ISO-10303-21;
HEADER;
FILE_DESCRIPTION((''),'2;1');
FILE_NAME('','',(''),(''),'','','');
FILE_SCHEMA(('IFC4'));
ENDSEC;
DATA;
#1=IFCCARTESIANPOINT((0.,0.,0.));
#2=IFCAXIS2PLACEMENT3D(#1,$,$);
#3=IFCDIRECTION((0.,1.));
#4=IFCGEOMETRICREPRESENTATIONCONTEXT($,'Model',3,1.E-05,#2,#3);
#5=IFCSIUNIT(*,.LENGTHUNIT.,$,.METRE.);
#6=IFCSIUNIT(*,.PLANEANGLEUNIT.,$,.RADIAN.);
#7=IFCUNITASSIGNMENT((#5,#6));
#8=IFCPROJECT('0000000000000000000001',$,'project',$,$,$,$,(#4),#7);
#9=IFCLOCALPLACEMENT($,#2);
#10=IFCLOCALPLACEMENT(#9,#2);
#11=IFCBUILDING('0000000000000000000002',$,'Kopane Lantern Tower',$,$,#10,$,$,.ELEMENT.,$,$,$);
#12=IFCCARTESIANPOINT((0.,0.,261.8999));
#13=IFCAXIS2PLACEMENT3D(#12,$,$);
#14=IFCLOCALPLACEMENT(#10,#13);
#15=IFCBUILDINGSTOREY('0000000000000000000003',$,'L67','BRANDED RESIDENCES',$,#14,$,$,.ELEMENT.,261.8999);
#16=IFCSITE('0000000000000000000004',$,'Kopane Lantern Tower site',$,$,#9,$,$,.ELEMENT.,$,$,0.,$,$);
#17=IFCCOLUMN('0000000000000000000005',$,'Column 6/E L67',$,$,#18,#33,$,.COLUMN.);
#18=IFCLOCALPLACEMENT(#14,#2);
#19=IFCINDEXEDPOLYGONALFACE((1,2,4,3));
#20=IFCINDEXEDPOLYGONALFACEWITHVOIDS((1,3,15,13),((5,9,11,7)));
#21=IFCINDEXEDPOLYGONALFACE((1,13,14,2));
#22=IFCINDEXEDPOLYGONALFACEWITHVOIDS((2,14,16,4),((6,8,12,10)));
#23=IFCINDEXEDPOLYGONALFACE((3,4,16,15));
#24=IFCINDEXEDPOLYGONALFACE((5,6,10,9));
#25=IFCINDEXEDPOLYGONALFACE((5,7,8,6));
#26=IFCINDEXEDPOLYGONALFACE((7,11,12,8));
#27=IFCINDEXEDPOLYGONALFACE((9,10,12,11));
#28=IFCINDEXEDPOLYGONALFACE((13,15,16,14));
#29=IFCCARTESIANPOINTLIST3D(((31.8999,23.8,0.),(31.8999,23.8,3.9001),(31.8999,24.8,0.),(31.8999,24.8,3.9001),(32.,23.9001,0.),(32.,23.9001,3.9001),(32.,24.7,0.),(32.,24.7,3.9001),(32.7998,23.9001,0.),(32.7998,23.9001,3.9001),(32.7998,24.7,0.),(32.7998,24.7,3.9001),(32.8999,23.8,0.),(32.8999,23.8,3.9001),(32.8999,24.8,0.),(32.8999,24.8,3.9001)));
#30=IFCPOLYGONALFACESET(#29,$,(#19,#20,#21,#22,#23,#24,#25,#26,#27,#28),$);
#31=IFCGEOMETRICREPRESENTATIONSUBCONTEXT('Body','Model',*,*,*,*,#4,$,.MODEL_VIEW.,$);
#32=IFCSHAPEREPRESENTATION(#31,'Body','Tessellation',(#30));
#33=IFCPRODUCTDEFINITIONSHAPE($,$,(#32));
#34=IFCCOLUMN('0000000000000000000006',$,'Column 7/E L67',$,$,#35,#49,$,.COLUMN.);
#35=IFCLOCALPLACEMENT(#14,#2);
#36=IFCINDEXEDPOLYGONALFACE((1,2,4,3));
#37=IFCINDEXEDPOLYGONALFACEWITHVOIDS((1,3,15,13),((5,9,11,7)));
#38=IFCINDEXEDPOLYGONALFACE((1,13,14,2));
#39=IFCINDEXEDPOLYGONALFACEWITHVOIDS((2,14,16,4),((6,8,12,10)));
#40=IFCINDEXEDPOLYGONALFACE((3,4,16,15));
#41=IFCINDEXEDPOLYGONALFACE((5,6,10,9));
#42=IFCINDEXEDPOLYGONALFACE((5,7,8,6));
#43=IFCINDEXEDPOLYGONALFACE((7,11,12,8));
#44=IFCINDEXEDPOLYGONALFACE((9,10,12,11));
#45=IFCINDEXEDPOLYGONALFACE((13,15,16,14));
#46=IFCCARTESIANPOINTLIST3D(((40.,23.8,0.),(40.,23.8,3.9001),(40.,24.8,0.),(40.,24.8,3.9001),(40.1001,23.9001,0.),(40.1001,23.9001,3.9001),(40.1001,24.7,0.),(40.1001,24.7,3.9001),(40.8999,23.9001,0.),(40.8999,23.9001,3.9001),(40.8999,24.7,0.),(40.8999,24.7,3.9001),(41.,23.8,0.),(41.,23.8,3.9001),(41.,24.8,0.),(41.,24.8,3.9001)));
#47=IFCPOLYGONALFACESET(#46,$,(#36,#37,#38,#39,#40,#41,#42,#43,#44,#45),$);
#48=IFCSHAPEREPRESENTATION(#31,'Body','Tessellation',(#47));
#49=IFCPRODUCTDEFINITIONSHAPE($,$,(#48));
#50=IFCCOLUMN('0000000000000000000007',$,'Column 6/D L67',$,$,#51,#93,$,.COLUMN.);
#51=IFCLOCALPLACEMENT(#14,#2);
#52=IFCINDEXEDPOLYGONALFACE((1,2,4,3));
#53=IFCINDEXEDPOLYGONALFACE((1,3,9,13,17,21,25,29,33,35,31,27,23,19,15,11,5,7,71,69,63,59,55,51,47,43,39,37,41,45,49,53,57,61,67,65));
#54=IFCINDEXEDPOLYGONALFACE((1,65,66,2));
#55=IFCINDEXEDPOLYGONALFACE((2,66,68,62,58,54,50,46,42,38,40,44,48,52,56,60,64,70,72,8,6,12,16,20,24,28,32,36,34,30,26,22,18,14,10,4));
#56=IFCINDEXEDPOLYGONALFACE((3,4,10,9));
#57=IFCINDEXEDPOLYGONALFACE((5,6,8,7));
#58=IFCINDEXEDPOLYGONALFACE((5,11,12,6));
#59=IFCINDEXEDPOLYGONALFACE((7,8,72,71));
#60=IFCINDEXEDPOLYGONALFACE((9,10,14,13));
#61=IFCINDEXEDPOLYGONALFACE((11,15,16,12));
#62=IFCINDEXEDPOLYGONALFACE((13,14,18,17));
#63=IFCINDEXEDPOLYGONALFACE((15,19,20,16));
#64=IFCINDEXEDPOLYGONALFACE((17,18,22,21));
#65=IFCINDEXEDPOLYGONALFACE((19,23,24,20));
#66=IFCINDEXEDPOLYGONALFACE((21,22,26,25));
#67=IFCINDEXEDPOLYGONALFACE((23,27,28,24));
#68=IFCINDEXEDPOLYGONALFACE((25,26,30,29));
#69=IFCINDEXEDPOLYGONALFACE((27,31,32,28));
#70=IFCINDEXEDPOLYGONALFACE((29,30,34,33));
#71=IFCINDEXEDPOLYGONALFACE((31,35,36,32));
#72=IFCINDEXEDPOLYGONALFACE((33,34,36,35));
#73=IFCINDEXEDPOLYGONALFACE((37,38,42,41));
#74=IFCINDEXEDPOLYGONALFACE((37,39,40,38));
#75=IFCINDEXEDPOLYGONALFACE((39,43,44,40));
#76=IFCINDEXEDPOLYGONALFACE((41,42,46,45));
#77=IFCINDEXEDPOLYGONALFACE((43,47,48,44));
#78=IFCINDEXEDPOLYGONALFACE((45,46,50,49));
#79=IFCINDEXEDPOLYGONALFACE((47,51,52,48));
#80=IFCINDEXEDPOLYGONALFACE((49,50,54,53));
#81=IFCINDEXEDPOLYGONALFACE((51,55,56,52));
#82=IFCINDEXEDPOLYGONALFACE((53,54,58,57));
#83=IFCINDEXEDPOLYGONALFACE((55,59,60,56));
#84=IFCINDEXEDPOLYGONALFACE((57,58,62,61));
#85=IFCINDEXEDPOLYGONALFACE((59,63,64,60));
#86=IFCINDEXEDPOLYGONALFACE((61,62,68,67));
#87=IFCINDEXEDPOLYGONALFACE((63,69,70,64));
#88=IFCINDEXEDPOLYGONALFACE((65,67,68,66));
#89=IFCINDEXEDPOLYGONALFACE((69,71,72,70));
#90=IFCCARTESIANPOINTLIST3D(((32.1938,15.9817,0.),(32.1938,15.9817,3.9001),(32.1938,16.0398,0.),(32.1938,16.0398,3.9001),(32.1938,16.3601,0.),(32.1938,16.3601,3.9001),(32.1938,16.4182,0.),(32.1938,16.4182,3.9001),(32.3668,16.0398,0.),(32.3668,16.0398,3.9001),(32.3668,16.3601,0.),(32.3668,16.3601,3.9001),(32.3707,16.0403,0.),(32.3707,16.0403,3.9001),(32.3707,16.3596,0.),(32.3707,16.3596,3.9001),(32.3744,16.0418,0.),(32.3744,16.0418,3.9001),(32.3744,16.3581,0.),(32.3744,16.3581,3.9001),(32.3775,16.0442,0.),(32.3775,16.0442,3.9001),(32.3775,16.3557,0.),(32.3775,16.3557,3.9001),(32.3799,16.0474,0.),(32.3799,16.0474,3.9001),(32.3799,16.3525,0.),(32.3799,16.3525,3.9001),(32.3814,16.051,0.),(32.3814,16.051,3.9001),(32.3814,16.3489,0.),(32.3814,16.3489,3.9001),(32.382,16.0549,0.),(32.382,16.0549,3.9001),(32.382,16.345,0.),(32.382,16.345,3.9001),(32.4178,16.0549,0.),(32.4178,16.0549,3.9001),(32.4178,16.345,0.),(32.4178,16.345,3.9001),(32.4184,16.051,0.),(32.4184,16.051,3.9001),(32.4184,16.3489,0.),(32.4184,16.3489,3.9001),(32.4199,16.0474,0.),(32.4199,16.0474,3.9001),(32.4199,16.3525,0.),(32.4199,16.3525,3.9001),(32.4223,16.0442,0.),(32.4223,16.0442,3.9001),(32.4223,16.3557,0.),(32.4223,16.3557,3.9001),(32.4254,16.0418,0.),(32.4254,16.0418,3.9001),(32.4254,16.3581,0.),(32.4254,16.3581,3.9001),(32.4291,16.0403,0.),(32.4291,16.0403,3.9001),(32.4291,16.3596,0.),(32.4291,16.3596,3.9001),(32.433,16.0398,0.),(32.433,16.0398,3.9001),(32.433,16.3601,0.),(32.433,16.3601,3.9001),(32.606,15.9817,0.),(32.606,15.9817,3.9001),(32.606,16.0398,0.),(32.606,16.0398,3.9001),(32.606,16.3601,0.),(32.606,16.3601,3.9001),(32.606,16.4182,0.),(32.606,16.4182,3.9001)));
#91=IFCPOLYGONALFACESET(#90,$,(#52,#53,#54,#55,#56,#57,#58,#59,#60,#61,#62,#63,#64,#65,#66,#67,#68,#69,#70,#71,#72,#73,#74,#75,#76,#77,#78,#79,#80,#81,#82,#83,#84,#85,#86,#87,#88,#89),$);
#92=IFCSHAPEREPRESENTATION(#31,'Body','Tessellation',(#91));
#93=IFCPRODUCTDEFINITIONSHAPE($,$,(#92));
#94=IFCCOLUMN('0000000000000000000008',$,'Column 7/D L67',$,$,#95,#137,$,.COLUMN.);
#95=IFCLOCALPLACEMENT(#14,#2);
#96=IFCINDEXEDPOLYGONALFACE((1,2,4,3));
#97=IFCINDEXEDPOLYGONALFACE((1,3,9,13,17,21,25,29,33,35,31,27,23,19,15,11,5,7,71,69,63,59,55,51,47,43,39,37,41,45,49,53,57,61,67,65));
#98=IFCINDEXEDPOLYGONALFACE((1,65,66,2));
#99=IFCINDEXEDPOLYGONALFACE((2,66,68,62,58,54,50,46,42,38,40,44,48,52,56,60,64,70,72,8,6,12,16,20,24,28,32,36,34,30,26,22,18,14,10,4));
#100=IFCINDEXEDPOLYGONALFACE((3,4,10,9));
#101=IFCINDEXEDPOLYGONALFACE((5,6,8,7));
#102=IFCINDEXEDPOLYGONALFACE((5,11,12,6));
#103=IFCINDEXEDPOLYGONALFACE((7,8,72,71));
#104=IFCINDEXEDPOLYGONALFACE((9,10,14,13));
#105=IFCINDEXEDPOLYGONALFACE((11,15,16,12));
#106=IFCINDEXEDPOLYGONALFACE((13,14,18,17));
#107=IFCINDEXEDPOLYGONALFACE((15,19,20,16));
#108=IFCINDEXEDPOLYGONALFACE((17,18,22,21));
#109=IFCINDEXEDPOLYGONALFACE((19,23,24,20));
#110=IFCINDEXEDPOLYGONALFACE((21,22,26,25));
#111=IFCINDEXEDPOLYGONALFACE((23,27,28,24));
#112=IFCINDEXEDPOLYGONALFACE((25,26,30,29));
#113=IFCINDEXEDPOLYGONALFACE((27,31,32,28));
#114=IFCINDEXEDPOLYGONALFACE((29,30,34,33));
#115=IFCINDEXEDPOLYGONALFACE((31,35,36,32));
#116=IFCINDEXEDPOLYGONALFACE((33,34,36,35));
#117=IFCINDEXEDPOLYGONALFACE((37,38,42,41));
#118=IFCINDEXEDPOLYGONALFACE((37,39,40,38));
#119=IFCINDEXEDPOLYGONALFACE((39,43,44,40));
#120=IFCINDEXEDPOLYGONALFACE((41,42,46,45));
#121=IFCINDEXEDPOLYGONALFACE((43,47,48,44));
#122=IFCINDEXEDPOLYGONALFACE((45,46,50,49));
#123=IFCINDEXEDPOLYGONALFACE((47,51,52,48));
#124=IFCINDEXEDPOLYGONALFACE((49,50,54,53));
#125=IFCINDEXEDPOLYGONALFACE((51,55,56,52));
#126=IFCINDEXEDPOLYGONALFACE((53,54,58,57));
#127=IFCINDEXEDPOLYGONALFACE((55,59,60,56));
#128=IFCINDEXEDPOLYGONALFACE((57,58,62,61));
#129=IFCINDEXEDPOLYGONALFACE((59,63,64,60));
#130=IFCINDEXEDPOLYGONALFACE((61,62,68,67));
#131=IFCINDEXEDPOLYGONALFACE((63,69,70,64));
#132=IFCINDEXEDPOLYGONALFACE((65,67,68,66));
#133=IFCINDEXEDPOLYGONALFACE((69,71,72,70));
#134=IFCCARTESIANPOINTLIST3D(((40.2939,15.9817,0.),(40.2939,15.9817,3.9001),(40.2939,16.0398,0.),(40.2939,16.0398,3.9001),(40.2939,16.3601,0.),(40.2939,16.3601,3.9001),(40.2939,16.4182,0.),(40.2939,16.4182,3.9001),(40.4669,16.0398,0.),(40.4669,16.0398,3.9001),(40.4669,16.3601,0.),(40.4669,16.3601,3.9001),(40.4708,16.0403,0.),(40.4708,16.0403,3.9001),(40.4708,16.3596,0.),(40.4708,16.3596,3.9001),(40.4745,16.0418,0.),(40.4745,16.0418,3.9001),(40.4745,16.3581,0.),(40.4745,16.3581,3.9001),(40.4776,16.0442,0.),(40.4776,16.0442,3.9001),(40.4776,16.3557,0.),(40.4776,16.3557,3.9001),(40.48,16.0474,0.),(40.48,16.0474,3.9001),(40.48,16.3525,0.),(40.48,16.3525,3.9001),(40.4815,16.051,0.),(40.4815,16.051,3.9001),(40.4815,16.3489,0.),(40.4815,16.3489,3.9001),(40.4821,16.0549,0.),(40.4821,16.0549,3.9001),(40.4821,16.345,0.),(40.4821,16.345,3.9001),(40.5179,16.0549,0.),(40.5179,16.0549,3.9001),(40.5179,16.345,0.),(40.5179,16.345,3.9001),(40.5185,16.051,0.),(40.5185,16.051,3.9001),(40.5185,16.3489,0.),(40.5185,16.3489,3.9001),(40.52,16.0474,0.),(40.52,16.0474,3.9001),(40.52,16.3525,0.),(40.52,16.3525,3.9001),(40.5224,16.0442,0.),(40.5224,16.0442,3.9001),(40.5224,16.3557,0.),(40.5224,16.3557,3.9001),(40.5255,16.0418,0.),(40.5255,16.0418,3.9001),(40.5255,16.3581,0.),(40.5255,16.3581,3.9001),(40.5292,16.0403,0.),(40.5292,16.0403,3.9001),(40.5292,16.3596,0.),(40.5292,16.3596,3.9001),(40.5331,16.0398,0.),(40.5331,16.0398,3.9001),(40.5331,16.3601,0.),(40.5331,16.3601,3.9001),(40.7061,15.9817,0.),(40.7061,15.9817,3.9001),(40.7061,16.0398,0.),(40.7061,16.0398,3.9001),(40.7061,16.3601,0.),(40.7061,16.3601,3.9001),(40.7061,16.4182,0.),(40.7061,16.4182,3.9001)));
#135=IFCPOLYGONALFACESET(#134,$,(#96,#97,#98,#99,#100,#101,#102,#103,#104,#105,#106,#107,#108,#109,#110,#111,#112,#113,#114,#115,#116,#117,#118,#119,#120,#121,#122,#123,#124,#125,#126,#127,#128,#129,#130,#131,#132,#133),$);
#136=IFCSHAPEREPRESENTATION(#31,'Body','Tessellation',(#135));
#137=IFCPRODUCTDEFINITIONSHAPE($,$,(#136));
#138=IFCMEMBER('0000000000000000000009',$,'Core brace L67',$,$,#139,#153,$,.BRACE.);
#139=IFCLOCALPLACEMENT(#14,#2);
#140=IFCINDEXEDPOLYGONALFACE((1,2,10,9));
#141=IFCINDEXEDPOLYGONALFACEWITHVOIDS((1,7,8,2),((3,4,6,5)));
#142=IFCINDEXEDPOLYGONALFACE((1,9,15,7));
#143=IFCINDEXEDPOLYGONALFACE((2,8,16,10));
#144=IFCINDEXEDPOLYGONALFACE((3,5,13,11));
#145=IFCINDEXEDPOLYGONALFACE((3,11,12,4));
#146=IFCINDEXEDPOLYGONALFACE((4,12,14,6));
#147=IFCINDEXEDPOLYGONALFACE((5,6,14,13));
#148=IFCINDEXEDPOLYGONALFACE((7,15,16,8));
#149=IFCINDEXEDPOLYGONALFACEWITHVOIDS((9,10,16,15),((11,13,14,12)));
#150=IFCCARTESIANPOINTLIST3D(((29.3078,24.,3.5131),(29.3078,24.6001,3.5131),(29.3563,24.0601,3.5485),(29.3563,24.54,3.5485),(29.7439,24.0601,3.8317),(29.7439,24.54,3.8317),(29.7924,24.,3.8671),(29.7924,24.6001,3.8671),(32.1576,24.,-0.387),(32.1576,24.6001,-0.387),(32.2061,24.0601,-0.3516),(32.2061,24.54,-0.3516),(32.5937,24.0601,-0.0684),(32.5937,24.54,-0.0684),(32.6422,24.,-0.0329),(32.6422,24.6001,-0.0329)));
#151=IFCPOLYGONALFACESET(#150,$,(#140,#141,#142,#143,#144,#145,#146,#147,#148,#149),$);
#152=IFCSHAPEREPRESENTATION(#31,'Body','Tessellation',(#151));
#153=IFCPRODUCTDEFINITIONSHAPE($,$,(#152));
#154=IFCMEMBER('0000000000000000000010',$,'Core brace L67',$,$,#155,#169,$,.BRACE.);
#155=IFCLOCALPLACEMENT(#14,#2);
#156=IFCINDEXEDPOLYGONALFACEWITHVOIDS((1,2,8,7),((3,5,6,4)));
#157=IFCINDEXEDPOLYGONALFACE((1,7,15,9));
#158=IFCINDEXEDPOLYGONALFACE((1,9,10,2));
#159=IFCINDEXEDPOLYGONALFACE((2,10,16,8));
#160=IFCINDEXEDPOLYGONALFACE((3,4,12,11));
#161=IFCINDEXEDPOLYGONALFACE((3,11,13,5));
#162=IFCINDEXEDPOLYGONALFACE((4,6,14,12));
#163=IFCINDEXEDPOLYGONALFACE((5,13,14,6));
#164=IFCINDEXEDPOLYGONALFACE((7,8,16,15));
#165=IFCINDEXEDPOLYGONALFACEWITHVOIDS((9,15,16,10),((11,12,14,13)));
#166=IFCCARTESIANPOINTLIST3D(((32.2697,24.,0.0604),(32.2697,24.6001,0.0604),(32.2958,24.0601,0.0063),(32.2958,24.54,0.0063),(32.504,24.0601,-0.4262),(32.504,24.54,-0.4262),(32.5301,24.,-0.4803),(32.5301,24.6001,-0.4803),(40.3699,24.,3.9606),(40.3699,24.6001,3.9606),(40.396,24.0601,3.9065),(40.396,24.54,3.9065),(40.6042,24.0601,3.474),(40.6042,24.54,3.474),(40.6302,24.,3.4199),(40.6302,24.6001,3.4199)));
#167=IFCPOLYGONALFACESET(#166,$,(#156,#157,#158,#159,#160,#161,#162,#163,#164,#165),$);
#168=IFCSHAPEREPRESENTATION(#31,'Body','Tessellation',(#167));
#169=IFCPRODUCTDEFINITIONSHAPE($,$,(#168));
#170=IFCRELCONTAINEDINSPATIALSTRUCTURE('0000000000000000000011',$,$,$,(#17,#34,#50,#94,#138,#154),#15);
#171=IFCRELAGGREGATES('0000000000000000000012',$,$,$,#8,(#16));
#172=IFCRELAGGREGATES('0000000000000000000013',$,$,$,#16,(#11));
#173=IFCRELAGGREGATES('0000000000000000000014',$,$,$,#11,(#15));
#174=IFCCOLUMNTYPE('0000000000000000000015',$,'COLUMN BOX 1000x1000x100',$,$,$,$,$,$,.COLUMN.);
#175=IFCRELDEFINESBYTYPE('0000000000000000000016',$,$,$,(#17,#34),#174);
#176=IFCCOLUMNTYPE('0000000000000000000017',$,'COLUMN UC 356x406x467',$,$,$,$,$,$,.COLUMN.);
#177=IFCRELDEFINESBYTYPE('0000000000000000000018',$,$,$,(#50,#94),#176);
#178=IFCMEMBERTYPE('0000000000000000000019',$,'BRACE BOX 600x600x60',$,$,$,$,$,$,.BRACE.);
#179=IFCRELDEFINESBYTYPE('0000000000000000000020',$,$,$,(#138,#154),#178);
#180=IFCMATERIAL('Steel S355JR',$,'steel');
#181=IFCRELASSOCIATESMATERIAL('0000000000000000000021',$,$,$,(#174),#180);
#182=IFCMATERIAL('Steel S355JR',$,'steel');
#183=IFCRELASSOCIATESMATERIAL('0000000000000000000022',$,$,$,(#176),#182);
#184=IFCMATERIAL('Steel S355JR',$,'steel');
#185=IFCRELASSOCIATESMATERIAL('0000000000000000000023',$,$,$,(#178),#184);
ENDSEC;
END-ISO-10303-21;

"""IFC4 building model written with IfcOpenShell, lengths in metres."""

from ifc_helpers import new_model, si_unit, direction, frame, origin, origin_2d, place, context, subcontext, project, spatial, hollow_rectangle, i_section, extrude, material, material_profile, profile_set, type_object, element, save


model = new_model("IFC4")

# Units and contexts
model_context = context("Model", 3, precision=1e-05, world=origin(), true_north=direction((0.0, 1.0)))
body_context = subcontext(model_context, "Body", "Model", "MODEL_VIEW")
ifc_project = project(units=[si_unit("LENGTHUNIT", "METRE"), si_unit("PLANEANGLEUNIT", "RADIAN")], contexts=[model_context])

# Site, building, storey
site_placement = place(None, origin())
site = spatial("IfcSite", under=ifc_project, at=site_placement, Name="Kopane Lantern Tower site", CompositionType="ELEMENT", RefElevation=0.0)
building_placement = place(site_placement, origin())
building = spatial("IfcBuilding", under=site, at=building_placement, Name="Kopane Lantern Tower", CompositionType="ELEMENT")
storey_placement = place(building_placement, frame((0.0, 0.0, 261.8999)))
storey = spatial("IfcBuildingStorey", under=building, at=storey_placement, Name="L67", Description="BRANDED RESIDENCES", CompositionType="ELEMENT", Elevation=261.8999)

# Columns
ifc_material_1 = material(Name="Steel S355JR", Category="steel")
ifc_material_profile_1 = material_profile(ifc_material_1, hollow_rectangle(XDim=1.0, YDim=1.0, WallThickness=0.1001, at=origin_2d()), Name="BOX 1000x1000x100")
ifc_profile_set_1 = profile_set([ifc_material_profile_1], Name="Steel S355JR")
column_type_1 = type_object("IfcColumnType", Name="COLUMN BOX 1000x1000x100", PredefinedType="COLUMN", material=ifc_profile_set_1)
for number, where, z_axis, x_axis, name in (
    (1, (32.3999, 24.3, 0.0), (0.0, 0.0, 1.0), (1.0, 0.0, 0.0), "Column 6/E L67"),
    (2, (40.5, 24.3, 0.0), (0.0, 0.0, 1.0), (1.0, 0.0, 0.0), "Column 7/E L67"),
):
    element("IfcColumn", number, at=place(storey_placement, frame(where, z_axis=z_axis, x_axis=x_axis)), inside=storey, type_object=column_type_1, Name=name, PredefinedType="COLUMN", context=body_context, shape_type="SweptSolid", body=[
        extrude(hollow_rectangle(XDim=1.0, YDim=1.0, WallThickness=0.1001, at=origin_2d()), origin(), (0.0, 0.0, 1.0), 3.9001),
    ])
ifc_material_2 = material(Name="Steel S355JR", Category="steel")
ifc_material_profile_2 = material_profile(ifc_material_2, i_section(OverallWidth=0.4121, OverallDepth=0.4365, WebThickness=0.0359, FlangeThickness=0.0581, FilletRadius=0.0151, at=origin_2d()), Name="UC 356x406x467")
ifc_profile_set_2 = profile_set([ifc_material_profile_2], Name="Steel S355JR")
column_type_2 = type_object("IfcColumnType", Name="COLUMN UC 356x406x467", PredefinedType="COLUMN", material=ifc_profile_set_2)
for number, where, z_axis, x_axis, name in (
    (3, (32.3999, 16.2, 0.0), (0.0, 0.0, 1.0), (1.0, 0.0, 0.0), "Column 6/D L67"),
    (4, (40.5, 16.2, 0.0), (0.0, 0.0, 1.0), (1.0, 0.0, 0.0), "Column 7/D L67"),
):
    element("IfcColumn", number, at=place(storey_placement, frame(where, z_axis=z_axis, x_axis=x_axis)), inside=storey, type_object=column_type_2, Name=name, PredefinedType="COLUMN", context=body_context, shape_type="SweptSolid", body=[
        extrude(i_section(OverallWidth=0.4121, OverallDepth=0.4365, WebThickness=0.0359, FlangeThickness=0.0581, FilletRadius=0.0151, at=origin_2d()), origin(), (0.0, 0.0, 1.0), 3.9001),
    ])

# Members
ifc_material_3 = material(Name="Steel S355JR", Category="steel")
ifc_material_profile_3 = material_profile(ifc_material_3, hollow_rectangle(XDim=0.6001, YDim=0.6001, WallThickness=0.0601, at=origin_2d()), Name="BOX 600x600x60")
ifc_profile_set_3 = profile_set([ifc_material_profile_3], Name="Steel S355JR")
member_type = type_object("IfcMemberType", Name="BRACE BOX 600x600x60", PredefinedType="BRACE", material=ifc_profile_set_3)
member_1_placement = place(storey_placement, frame((32.3999, 24.3, -0.21), z_axis=(-0.589982, 0.0, 0.807416), x_axis=(0.0, -1.0, 0.0)))
element("IfcMember", 5, at=member_1_placement, inside=storey, type_object=member_type, Name="Core brace L67", PredefinedType="BRACE", context=body_context, shape_type="SweptSolid", body=[
    extrude(hollow_rectangle(XDim=0.6001, YDim=0.6001, WallThickness=0.0601, at=origin_2d()), origin(), (0.0, 0.0, 1.0), 4.8303),
])
member_2_placement = place(storey_placement, frame((32.3999, 24.3, -0.21), z_axis=(0.900997, 0.0, 0.433825), x_axis=(0.0, 1.0, 0.0)))
element("IfcMember", 6, at=member_2_placement, inside=storey, type_object=member_type, Name="Core brace L67", PredefinedType="BRACE", context=body_context, shape_type="SweptSolid", body=[
    extrude(hollow_rectangle(XDim=0.6001, YDim=0.6001, WallThickness=0.0601, at=origin_2d()), origin(), (0.0, 0.0, 1.0), 8.9902),
])

save(model, "model.ifc")
